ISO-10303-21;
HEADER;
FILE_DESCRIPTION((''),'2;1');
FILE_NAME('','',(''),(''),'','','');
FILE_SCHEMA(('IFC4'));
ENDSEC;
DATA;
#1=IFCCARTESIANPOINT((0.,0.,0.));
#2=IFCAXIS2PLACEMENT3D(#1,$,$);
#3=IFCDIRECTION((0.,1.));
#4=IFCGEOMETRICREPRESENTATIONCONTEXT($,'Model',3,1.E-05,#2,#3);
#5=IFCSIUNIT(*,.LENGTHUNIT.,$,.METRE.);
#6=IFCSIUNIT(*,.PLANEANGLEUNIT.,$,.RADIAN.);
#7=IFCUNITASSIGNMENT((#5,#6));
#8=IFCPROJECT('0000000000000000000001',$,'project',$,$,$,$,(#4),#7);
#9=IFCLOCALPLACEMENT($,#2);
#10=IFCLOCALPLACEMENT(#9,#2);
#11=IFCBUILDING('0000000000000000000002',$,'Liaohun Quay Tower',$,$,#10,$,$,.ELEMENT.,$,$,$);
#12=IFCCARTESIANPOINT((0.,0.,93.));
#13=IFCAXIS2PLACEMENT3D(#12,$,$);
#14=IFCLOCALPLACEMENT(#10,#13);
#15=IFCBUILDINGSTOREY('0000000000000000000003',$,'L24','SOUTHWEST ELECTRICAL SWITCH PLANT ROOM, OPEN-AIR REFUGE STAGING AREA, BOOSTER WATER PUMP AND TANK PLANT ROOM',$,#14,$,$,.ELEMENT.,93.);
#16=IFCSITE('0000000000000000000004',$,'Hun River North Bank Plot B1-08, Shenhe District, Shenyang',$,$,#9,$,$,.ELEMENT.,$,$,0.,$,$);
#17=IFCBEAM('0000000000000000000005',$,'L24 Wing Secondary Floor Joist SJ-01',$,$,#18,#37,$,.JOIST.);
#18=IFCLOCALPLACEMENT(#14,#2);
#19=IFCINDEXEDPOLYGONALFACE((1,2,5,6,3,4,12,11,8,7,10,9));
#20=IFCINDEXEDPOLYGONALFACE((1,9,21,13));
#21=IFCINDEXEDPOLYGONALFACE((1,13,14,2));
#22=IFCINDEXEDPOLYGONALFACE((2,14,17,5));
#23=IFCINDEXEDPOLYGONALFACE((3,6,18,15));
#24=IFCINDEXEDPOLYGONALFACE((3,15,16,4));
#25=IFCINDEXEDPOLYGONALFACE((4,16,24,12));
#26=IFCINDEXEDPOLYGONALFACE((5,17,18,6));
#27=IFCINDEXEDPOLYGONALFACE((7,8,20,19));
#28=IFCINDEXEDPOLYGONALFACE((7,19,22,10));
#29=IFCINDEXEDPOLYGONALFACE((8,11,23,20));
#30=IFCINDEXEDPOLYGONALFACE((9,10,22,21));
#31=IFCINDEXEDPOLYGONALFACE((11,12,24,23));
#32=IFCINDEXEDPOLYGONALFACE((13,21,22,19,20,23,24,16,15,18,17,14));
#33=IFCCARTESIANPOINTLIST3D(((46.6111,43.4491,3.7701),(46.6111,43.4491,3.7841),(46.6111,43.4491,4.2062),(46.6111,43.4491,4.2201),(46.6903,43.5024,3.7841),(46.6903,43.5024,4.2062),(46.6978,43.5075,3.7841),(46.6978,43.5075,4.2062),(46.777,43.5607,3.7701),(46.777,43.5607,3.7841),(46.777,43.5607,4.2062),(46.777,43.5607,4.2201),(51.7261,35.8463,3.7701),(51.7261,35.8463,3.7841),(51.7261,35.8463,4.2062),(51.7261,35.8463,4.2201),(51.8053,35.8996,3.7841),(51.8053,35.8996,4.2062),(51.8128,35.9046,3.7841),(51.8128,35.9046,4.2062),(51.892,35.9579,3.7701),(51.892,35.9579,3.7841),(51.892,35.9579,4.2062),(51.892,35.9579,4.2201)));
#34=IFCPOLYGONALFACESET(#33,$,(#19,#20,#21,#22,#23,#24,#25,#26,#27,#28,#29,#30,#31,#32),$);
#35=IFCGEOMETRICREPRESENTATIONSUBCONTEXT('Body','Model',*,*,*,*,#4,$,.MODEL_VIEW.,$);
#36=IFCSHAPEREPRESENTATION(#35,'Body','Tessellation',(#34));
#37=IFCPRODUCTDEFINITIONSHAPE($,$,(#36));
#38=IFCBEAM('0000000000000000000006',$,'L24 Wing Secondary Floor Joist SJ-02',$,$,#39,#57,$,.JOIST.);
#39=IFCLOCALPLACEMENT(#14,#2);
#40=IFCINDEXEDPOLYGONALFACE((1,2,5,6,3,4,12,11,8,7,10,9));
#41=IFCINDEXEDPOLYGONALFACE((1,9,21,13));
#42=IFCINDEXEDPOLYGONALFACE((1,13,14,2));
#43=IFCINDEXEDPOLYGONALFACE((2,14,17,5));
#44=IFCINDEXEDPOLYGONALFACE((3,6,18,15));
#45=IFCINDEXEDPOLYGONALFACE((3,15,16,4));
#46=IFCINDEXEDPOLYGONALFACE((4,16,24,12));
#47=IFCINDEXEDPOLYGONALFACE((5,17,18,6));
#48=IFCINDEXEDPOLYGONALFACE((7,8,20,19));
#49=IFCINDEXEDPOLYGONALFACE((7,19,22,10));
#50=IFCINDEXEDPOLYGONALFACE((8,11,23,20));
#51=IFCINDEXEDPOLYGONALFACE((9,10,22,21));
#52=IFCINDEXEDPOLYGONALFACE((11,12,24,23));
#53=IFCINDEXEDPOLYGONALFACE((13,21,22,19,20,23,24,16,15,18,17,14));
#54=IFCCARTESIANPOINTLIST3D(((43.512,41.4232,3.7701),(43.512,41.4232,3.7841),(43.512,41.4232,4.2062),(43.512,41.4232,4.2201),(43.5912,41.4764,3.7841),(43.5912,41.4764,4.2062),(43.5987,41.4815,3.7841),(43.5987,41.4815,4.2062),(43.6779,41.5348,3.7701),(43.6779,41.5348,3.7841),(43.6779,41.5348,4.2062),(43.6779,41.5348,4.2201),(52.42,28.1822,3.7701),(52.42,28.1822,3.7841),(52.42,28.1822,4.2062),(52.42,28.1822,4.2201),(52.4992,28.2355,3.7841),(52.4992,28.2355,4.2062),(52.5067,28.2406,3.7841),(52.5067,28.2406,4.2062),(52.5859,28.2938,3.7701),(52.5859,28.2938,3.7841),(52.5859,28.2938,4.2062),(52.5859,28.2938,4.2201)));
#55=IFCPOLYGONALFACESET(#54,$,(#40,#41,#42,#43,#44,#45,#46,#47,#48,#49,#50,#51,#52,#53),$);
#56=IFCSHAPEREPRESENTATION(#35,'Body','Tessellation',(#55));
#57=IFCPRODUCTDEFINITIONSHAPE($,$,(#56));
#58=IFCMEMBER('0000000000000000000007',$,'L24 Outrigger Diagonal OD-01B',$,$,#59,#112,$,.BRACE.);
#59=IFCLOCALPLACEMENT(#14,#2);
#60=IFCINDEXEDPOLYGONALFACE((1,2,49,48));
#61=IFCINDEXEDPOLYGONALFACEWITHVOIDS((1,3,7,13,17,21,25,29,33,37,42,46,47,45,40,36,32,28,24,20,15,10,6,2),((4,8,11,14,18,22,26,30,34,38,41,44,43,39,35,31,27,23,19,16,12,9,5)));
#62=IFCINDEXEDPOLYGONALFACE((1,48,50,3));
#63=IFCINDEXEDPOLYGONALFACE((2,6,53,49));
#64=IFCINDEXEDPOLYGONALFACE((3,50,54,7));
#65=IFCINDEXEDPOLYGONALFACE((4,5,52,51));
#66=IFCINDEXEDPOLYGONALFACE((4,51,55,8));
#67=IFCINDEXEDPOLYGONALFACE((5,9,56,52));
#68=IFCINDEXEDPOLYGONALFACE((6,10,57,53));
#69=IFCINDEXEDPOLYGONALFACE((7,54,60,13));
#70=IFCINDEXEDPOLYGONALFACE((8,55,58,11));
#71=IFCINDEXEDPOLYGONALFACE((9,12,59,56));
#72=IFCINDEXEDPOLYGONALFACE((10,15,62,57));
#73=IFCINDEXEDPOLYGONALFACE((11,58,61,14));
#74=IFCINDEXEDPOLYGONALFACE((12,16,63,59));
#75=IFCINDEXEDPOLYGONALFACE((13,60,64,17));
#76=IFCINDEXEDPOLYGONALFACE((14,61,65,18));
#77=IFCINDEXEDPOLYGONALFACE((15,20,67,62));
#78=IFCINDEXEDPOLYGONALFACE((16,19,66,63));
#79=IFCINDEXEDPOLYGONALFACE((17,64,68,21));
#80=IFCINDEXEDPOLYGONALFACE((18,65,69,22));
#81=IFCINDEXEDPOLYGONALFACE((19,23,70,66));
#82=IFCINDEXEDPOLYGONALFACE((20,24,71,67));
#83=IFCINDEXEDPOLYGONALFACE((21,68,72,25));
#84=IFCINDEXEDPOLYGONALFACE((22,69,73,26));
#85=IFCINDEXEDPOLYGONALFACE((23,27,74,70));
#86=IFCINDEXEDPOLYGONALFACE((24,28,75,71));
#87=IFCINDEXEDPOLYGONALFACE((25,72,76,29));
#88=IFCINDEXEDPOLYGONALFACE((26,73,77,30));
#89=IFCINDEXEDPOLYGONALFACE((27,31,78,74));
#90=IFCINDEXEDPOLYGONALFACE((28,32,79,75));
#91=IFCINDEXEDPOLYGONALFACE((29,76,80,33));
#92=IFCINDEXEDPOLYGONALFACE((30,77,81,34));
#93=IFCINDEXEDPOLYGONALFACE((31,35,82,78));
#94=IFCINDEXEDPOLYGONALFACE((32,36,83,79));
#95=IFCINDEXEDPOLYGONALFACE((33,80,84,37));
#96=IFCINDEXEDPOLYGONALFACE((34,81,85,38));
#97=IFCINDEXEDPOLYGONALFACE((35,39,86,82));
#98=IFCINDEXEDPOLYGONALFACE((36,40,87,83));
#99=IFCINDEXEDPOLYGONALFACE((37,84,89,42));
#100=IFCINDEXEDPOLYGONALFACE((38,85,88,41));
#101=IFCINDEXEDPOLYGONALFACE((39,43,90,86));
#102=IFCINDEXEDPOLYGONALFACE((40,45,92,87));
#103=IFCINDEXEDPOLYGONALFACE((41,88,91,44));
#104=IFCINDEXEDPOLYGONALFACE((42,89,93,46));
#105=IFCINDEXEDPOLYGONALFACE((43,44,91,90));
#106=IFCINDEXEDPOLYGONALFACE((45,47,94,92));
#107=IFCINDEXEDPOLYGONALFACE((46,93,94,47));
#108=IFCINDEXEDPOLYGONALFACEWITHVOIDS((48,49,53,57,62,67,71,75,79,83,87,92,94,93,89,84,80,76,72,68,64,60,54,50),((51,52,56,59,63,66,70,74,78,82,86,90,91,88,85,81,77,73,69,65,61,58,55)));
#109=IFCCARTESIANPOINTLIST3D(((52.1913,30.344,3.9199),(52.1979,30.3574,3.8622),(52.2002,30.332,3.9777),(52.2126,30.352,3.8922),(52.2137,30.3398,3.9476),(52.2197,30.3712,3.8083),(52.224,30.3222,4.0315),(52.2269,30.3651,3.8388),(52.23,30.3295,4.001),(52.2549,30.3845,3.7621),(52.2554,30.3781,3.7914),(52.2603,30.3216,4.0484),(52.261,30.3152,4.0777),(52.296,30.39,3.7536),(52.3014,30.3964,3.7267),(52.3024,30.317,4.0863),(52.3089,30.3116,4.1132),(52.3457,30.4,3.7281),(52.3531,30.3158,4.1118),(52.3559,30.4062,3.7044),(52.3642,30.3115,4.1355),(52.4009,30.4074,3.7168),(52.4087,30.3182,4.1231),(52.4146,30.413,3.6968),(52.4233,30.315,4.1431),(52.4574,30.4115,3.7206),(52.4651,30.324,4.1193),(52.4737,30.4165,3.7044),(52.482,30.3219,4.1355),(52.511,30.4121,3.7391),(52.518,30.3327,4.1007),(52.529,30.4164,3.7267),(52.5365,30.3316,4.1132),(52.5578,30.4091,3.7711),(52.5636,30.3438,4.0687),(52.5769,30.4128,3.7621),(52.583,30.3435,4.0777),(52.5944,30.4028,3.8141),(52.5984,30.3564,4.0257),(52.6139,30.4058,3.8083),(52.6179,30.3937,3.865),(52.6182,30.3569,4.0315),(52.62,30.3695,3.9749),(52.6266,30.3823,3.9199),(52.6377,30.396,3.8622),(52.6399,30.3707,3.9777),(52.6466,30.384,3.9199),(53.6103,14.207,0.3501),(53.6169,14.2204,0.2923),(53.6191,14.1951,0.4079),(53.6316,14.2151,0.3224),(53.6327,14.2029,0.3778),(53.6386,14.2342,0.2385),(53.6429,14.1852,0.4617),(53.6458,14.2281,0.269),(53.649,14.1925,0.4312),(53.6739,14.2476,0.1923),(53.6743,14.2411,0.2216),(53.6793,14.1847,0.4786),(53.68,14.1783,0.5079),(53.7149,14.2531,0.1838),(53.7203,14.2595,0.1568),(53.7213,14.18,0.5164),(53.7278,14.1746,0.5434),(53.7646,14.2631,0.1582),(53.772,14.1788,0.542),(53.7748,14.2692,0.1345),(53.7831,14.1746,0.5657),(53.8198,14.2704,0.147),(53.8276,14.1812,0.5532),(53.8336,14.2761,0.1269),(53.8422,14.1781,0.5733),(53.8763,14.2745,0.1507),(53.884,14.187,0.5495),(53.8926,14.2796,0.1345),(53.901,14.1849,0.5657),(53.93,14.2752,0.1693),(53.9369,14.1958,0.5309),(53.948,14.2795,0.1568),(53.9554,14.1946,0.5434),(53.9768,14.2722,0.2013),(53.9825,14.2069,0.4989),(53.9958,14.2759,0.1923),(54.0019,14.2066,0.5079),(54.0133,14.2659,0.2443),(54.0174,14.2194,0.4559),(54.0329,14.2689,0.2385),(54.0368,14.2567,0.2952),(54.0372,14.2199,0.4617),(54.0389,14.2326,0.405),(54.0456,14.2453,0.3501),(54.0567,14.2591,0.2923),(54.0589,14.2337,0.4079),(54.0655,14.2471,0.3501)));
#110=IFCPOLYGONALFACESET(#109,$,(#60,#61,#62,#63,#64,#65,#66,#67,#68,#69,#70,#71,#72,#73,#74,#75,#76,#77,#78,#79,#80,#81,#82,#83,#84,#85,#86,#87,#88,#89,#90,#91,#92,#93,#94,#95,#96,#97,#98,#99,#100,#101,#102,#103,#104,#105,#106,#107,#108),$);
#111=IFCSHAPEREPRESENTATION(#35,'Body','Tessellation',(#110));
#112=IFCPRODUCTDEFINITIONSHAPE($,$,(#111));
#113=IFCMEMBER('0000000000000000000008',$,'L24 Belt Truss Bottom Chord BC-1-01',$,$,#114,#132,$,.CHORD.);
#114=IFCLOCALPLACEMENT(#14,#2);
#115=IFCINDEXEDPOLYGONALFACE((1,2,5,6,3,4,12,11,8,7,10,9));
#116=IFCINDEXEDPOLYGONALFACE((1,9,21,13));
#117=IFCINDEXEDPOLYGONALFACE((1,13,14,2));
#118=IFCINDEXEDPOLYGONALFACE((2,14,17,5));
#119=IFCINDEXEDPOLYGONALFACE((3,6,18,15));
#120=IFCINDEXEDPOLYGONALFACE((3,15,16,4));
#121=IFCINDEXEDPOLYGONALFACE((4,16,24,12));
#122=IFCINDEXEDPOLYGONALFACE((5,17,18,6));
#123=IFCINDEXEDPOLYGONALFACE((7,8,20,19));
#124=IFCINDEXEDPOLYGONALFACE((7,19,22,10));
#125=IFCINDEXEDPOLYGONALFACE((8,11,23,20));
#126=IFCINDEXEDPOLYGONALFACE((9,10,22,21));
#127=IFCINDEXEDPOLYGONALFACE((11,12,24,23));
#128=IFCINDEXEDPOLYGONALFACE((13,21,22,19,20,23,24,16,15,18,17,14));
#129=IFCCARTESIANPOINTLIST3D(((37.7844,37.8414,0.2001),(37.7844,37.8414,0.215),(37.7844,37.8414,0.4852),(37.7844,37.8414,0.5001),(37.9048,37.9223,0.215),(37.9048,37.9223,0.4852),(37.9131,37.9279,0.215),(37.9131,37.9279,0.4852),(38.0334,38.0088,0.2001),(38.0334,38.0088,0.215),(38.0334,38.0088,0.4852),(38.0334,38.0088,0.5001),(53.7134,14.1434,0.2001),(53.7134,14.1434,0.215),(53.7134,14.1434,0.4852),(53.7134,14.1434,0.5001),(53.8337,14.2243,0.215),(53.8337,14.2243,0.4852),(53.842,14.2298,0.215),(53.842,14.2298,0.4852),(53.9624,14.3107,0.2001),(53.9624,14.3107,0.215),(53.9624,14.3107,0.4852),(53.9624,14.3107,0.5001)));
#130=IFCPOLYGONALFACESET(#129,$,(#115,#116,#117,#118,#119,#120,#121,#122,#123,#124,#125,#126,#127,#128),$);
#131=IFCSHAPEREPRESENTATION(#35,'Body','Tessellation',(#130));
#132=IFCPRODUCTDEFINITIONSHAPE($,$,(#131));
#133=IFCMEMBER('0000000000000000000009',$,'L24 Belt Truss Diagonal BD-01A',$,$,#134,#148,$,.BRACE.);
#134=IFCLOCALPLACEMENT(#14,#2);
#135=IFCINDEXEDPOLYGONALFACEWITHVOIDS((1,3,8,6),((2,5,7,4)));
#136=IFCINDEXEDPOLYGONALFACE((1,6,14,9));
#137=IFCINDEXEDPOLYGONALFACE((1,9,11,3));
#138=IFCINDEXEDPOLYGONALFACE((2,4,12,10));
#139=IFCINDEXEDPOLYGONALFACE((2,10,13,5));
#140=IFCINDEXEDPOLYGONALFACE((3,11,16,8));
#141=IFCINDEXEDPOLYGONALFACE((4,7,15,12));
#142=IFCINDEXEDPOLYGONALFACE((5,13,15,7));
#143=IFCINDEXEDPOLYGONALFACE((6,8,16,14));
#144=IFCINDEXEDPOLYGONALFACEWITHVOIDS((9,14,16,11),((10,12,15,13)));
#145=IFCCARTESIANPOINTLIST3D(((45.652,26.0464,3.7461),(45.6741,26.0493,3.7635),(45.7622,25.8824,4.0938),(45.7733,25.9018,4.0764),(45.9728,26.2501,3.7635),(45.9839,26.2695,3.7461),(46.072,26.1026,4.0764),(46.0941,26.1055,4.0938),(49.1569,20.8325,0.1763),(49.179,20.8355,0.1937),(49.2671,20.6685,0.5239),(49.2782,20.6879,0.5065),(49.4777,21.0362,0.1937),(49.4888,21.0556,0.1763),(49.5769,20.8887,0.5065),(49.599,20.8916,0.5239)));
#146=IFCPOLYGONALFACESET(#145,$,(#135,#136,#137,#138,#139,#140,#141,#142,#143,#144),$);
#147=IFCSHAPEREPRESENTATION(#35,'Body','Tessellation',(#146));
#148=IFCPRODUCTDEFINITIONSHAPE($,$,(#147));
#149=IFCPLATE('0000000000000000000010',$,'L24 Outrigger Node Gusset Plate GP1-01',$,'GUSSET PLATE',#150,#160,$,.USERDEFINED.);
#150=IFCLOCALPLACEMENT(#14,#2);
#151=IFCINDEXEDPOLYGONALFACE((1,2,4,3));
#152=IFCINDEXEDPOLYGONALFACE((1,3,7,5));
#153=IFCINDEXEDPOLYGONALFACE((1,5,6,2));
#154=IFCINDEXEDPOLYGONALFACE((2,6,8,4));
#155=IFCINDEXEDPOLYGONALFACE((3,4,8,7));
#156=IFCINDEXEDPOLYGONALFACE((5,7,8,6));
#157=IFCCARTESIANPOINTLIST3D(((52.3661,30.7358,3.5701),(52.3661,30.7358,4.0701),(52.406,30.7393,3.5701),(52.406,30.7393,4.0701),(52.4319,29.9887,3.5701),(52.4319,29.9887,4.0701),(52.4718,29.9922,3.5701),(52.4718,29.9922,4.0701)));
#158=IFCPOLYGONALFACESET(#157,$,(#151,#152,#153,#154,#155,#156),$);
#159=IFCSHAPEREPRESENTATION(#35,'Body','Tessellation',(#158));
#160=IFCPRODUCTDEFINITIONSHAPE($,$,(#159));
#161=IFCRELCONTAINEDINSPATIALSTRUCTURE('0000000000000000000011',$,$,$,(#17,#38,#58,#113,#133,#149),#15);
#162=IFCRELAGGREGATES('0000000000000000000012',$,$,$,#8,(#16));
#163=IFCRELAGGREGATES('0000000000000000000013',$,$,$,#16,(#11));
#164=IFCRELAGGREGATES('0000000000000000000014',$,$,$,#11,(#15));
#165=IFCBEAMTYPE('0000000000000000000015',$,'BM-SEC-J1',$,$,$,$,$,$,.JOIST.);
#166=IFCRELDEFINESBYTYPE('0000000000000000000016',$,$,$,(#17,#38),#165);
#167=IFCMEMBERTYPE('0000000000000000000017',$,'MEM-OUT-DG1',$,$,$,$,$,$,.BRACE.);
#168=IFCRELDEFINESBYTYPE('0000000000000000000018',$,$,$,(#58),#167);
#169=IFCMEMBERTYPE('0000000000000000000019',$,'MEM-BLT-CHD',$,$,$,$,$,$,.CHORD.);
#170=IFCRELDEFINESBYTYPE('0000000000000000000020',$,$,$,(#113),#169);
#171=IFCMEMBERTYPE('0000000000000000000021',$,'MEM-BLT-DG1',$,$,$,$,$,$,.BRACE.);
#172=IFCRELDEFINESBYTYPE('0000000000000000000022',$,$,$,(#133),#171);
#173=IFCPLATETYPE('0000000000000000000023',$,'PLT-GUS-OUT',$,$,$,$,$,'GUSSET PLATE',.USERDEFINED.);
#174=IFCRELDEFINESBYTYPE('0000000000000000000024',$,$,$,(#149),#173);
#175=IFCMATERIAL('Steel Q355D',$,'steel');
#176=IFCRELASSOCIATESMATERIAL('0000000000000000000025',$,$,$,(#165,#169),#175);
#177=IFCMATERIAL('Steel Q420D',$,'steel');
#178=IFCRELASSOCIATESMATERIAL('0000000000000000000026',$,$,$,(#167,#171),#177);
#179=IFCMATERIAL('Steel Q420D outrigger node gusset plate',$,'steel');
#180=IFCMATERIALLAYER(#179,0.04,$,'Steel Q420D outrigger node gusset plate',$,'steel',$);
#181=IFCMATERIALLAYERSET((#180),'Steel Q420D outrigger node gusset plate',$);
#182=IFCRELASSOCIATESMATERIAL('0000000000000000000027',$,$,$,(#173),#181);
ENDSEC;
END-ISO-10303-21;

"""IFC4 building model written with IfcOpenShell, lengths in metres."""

from ifc_helpers import new_model, si_unit, direction, frame, origin, origin_2d, place, context, subcontext, project, spatial, rectangle, hollow_rectangle, hollow_circle, i_section, extrude, source, transform, mapped, material, layer, layer_set, material_profile, profile_set, type_object, element, save


model = new_model("IFC4")

# Units and contexts
model_context = context("Model", 3, precision=1e-05, world=origin(), true_north=direction((0.0, 1.0)))
body_context = subcontext(model_context, "Body", "Model", "MODEL_VIEW")
ifc_project = project(units=[si_unit("LENGTHUNIT", "METRE"), si_unit("PLANEANGLEUNIT", "RADIAN")], contexts=[model_context])

# Site, building, storey
site_placement = place(None, origin())
site = spatial("IfcSite", under=ifc_project, at=site_placement, Name="Hun River North Bank Plot B1-08, Shenhe District, Shenyang", CompositionType="ELEMENT", RefElevation=0.0)
building_placement = place(site_placement, origin())
building = spatial("IfcBuilding", under=site, at=building_placement, Name="Liaohun Quay Tower", CompositionType="ELEMENT")
storey_placement = place(building_placement, frame((0.0, 0.0, 93.0)))
storey = spatial("IfcBuildingStorey", under=building, at=storey_placement, Name="L24", Description="SOUTHWEST ELECTRICAL SWITCH PLANT ROOM, OPEN-AIR REFUGE STAGING AREA, BOOSTER WATER PUMP AND TANK PLANT ROOM", CompositionType="ELEMENT", Elevation=93.0)

# Beams
ifc_material_1 = material(Name="Steel Q355D", Category="steel")
ifc_material_profile_1 = material_profile(ifc_material_1, i_section(OverallWidth=0.2, OverallDepth=0.45, WebThickness=0.009, FlangeThickness=0.0139, at=origin_2d()), Name="HN450x200x9x14")
ifc_profile_set_1 = profile_set([ifc_material_profile_1], Name="Steel Q355D")
beam_type_1 = type_object("IfcBeamType", Name="BM-SEC-J1", PredefinedType="JOIST", material=ifc_profile_set_1)
ifc_material_2 = material(Name="Steel Q420D", Category="steel")
shared_shape_1 = source(origin(), body_context, "Body", "SweptSolid", [
    extrude(i_section(OverallWidth=0.2, OverallDepth=0.45, WebThickness=0.009, FlangeThickness=0.0139, at=origin_2d()), origin(), (0.0, 0.0, 1.0), 9.1633),
])
beam_1_placement = place(storey_placement, frame((51.8091, 35.9021, 3.9951), z_axis=(-0.558206, 0.829702, 0.0), x_axis=(-0.829702, -0.558206, 0.0)))
element("IfcBeam", 1, at=beam_1_placement, inside=storey, type_object=beam_type_1, Name="L24 Wing Secondary Floor Joist SJ-01", PredefinedType="JOIST", context=body_context, shape_type="MappedRepresentation", body=[
    mapped(shared_shape_1, transform((0.0, 0.0, 0.0), x_axis=(1.0, 0.0, 0.0), y_axis=(0.0, 1.0, 0.0), z_axis=(0.0, 0.0, 1.0), scale=1.0)),
])
shared_shape_2 = source(origin(), body_context, "Body", "SweptSolid", [
    extrude(i_section(OverallWidth=0.2, OverallDepth=0.45, WebThickness=0.009, FlangeThickness=0.0139, at=origin_2d()), origin(), (0.0, 0.0, 1.0), 15.9585),
])
beam_2_placement = place(storey_placement, frame((52.5029, 28.238, 3.9951), z_axis=(-0.558194, 0.829711, 0.0), x_axis=(-0.829711, -0.558194, 0.0)))
element("IfcBeam", 2, at=beam_2_placement, inside=storey, type_object=beam_type_1, Name="L24 Wing Secondary Floor Joist SJ-02", PredefinedType="JOIST", context=body_context, shape_type="MappedRepresentation", body=[
    mapped(shared_shape_2, transform((0.0, 0.0, 0.0), x_axis=(1.0, 0.0, 0.0), y_axis=(0.0, 1.0, 0.0), z_axis=(0.0, 0.0, 1.0), scale=1.0)),
])

# Members
ifc_material_profile_2 = material_profile(ifc_material_2, hollow_circle(Radius=0.2285, WallThickness=0.02, at=origin_2d()), Name="CHS457x20")
ifc_profile_set_2 = profile_set([ifc_material_profile_2], Name="Steel Q420D")
member_type_1 = type_object("IfcMemberType", Name="MEM-OUT-DG1", PredefinedType="BRACE", material=ifc_profile_set_2)
shared_shape_3 = source(origin(), body_context, "Body", "SweptSolid", [
    extrude(hollow_circle(Radius=0.2285, WallThickness=0.02, at=origin_2d()), origin(), (0.0, 0.0, 1.0), 16.5879),
])
member_1_placement = place(storey_placement, frame((52.4189, 30.364, 3.9199), z_axis=(0.085541, -0.972815, -0.215206), x_axis=(0.996156, 0.087593, 0.0)))
element("IfcMember", 3, at=member_1_placement, inside=storey, type_object=member_type_1, Name="L24 Outrigger Diagonal OD-01B", PredefinedType="BRACE", context=body_context, shape_type="MappedRepresentation", body=[
    mapped(shared_shape_3, transform((0.0, 0.0, 0.0), x_axis=(1.0, 0.0, 0.0), y_axis=(0.0, 1.0, 0.0), z_axis=(0.0, 0.0, 1.0), scale=1.0)),
])
ifc_material_profile_3 = material_profile(ifc_material_1, i_section(OverallWidth=0.3, OverallDepth=0.3, WebThickness=0.01, FlangeThickness=0.0149, at=origin_2d()), Name="HW300x300x10x15")
ifc_profile_set_3 = profile_set([ifc_material_profile_3], Name="Steel Q355D")
member_type_2 = type_object("IfcMemberType", Name="MEM-BLT-CHD", PredefinedType="CHORD", material=ifc_profile_set_3)
shared_shape_4 = source(origin(), body_context, "Body", "SweptSolid", [
    extrude(i_section(OverallWidth=0.3, OverallDepth=0.3, WebThickness=0.01, FlangeThickness=0.0149, at=origin_2d()), origin(), (0.0, 0.0, 1.0), 28.554),
])
member_2_placement = place(storey_placement, frame((53.8379, 14.2271, 0.3501), z_axis=(-0.557855, 0.829938, 0.0), x_axis=(-0.829938, -0.557855, 0.0)))
element("IfcMember", 4, at=member_2_placement, inside=storey, type_object=member_type_2, Name="L24 Belt Truss Bottom Chord BC-1-01", PredefinedType="CHORD", context=body_context, shape_type="MappedRepresentation", body=[
    mapped(shared_shape_4, transform((0.0, 0.0, 0.0), x_axis=(1.0, 0.0, 0.0), y_axis=(0.0, 1.0, 0.0), z_axis=(0.0, 0.0, 1.0), scale=1.0)),
])
ifc_material_profile_4 = material_profile(ifc_material_2, hollow_rectangle(XDim=0.3999, YDim=0.3999, WallThickness=0.02, at=origin_2d()), Name="SHS400x400x20")
ifc_profile_set_4 = profile_set([ifc_material_profile_4], Name="Steel Q420D")
member_type_3 = type_object("IfcMemberType", Name="MEM-BLT-DG1", PredefinedType="BRACE", material=ifc_profile_set_4)
shared_shape_5 = source(origin(), body_context, "Body", "SweptSolid", [
    extrude(hollow_rectangle(XDim=0.3999, YDim=0.3999, WallThickness=0.02, at=origin_2d()), origin(), (0.0, 0.0, 1.0), 7.2258),
])
member_3_placement = place(storey_placement, frame((49.3779, 20.8621, 0.3501), z_axis=(-0.485051, 0.721562, 0.494038), x_axis=(-0.829916, -0.557889, 0.0)))
element("IfcMember", 5, at=member_3_placement, inside=storey, type_object=member_type_3, Name="L24 Belt Truss Diagonal BD-01A", PredefinedType="BRACE", context=body_context, shape_type="MappedRepresentation", body=[
    mapped(shared_shape_5, transform((0.0, 0.0, 0.0), x_axis=(1.0, 0.0, 0.0), y_axis=(0.0, 1.0, 0.0), z_axis=(0.0, 0.0, 1.0), scale=1.0)),
])

# Plate
ifc_material_3 = material(Name="Steel Q420D outrigger node gusset plate", Category="steel")
ifc_layer = layer(ifc_material_3, 0.04, Name="Steel Q420D outrigger node gusset plate", Category="steel")
ifc_layer_set = layer_set([ifc_layer], Name="Steel Q420D outrigger node gusset plate")
plate_type = type_object("IfcPlateType", Name="PLT-GUS-OUT", ElementType="GUSSET PLATE", PredefinedType="USERDEFINED", material=ifc_layer_set)
shared_shape_6 = source(origin(), body_context, "Body", "SweptSolid", [
    extrude(rectangle(XDim=0.75, YDim=0.04, at=origin_2d()), origin(), (0.0, 0.0, 1.0), 0.5),
])
plate_placement = place(storey_placement, frame((52.4189, 30.364, 3.5701), z_axis=(0.0, 0.0, 1.0), x_axis=(0.087677, -0.996149, 0.0)))
element("IfcPlate", 6, at=plate_placement, inside=storey, type_object=plate_type, Name="L24 Outrigger Node Gusset Plate GP1-01", ObjectType="GUSSET PLATE", PredefinedType="USERDEFINED", context=body_context, shape_type="MappedRepresentation", body=[
    mapped(shared_shape_6, transform((0.0, 0.0, 0.0), x_axis=(1.0, 0.0, 0.0), y_axis=(0.0, 1.0, 0.0), z_axis=(0.0, 0.0, 1.0), scale=1.0)),
])

save(model, "model.ifc")
